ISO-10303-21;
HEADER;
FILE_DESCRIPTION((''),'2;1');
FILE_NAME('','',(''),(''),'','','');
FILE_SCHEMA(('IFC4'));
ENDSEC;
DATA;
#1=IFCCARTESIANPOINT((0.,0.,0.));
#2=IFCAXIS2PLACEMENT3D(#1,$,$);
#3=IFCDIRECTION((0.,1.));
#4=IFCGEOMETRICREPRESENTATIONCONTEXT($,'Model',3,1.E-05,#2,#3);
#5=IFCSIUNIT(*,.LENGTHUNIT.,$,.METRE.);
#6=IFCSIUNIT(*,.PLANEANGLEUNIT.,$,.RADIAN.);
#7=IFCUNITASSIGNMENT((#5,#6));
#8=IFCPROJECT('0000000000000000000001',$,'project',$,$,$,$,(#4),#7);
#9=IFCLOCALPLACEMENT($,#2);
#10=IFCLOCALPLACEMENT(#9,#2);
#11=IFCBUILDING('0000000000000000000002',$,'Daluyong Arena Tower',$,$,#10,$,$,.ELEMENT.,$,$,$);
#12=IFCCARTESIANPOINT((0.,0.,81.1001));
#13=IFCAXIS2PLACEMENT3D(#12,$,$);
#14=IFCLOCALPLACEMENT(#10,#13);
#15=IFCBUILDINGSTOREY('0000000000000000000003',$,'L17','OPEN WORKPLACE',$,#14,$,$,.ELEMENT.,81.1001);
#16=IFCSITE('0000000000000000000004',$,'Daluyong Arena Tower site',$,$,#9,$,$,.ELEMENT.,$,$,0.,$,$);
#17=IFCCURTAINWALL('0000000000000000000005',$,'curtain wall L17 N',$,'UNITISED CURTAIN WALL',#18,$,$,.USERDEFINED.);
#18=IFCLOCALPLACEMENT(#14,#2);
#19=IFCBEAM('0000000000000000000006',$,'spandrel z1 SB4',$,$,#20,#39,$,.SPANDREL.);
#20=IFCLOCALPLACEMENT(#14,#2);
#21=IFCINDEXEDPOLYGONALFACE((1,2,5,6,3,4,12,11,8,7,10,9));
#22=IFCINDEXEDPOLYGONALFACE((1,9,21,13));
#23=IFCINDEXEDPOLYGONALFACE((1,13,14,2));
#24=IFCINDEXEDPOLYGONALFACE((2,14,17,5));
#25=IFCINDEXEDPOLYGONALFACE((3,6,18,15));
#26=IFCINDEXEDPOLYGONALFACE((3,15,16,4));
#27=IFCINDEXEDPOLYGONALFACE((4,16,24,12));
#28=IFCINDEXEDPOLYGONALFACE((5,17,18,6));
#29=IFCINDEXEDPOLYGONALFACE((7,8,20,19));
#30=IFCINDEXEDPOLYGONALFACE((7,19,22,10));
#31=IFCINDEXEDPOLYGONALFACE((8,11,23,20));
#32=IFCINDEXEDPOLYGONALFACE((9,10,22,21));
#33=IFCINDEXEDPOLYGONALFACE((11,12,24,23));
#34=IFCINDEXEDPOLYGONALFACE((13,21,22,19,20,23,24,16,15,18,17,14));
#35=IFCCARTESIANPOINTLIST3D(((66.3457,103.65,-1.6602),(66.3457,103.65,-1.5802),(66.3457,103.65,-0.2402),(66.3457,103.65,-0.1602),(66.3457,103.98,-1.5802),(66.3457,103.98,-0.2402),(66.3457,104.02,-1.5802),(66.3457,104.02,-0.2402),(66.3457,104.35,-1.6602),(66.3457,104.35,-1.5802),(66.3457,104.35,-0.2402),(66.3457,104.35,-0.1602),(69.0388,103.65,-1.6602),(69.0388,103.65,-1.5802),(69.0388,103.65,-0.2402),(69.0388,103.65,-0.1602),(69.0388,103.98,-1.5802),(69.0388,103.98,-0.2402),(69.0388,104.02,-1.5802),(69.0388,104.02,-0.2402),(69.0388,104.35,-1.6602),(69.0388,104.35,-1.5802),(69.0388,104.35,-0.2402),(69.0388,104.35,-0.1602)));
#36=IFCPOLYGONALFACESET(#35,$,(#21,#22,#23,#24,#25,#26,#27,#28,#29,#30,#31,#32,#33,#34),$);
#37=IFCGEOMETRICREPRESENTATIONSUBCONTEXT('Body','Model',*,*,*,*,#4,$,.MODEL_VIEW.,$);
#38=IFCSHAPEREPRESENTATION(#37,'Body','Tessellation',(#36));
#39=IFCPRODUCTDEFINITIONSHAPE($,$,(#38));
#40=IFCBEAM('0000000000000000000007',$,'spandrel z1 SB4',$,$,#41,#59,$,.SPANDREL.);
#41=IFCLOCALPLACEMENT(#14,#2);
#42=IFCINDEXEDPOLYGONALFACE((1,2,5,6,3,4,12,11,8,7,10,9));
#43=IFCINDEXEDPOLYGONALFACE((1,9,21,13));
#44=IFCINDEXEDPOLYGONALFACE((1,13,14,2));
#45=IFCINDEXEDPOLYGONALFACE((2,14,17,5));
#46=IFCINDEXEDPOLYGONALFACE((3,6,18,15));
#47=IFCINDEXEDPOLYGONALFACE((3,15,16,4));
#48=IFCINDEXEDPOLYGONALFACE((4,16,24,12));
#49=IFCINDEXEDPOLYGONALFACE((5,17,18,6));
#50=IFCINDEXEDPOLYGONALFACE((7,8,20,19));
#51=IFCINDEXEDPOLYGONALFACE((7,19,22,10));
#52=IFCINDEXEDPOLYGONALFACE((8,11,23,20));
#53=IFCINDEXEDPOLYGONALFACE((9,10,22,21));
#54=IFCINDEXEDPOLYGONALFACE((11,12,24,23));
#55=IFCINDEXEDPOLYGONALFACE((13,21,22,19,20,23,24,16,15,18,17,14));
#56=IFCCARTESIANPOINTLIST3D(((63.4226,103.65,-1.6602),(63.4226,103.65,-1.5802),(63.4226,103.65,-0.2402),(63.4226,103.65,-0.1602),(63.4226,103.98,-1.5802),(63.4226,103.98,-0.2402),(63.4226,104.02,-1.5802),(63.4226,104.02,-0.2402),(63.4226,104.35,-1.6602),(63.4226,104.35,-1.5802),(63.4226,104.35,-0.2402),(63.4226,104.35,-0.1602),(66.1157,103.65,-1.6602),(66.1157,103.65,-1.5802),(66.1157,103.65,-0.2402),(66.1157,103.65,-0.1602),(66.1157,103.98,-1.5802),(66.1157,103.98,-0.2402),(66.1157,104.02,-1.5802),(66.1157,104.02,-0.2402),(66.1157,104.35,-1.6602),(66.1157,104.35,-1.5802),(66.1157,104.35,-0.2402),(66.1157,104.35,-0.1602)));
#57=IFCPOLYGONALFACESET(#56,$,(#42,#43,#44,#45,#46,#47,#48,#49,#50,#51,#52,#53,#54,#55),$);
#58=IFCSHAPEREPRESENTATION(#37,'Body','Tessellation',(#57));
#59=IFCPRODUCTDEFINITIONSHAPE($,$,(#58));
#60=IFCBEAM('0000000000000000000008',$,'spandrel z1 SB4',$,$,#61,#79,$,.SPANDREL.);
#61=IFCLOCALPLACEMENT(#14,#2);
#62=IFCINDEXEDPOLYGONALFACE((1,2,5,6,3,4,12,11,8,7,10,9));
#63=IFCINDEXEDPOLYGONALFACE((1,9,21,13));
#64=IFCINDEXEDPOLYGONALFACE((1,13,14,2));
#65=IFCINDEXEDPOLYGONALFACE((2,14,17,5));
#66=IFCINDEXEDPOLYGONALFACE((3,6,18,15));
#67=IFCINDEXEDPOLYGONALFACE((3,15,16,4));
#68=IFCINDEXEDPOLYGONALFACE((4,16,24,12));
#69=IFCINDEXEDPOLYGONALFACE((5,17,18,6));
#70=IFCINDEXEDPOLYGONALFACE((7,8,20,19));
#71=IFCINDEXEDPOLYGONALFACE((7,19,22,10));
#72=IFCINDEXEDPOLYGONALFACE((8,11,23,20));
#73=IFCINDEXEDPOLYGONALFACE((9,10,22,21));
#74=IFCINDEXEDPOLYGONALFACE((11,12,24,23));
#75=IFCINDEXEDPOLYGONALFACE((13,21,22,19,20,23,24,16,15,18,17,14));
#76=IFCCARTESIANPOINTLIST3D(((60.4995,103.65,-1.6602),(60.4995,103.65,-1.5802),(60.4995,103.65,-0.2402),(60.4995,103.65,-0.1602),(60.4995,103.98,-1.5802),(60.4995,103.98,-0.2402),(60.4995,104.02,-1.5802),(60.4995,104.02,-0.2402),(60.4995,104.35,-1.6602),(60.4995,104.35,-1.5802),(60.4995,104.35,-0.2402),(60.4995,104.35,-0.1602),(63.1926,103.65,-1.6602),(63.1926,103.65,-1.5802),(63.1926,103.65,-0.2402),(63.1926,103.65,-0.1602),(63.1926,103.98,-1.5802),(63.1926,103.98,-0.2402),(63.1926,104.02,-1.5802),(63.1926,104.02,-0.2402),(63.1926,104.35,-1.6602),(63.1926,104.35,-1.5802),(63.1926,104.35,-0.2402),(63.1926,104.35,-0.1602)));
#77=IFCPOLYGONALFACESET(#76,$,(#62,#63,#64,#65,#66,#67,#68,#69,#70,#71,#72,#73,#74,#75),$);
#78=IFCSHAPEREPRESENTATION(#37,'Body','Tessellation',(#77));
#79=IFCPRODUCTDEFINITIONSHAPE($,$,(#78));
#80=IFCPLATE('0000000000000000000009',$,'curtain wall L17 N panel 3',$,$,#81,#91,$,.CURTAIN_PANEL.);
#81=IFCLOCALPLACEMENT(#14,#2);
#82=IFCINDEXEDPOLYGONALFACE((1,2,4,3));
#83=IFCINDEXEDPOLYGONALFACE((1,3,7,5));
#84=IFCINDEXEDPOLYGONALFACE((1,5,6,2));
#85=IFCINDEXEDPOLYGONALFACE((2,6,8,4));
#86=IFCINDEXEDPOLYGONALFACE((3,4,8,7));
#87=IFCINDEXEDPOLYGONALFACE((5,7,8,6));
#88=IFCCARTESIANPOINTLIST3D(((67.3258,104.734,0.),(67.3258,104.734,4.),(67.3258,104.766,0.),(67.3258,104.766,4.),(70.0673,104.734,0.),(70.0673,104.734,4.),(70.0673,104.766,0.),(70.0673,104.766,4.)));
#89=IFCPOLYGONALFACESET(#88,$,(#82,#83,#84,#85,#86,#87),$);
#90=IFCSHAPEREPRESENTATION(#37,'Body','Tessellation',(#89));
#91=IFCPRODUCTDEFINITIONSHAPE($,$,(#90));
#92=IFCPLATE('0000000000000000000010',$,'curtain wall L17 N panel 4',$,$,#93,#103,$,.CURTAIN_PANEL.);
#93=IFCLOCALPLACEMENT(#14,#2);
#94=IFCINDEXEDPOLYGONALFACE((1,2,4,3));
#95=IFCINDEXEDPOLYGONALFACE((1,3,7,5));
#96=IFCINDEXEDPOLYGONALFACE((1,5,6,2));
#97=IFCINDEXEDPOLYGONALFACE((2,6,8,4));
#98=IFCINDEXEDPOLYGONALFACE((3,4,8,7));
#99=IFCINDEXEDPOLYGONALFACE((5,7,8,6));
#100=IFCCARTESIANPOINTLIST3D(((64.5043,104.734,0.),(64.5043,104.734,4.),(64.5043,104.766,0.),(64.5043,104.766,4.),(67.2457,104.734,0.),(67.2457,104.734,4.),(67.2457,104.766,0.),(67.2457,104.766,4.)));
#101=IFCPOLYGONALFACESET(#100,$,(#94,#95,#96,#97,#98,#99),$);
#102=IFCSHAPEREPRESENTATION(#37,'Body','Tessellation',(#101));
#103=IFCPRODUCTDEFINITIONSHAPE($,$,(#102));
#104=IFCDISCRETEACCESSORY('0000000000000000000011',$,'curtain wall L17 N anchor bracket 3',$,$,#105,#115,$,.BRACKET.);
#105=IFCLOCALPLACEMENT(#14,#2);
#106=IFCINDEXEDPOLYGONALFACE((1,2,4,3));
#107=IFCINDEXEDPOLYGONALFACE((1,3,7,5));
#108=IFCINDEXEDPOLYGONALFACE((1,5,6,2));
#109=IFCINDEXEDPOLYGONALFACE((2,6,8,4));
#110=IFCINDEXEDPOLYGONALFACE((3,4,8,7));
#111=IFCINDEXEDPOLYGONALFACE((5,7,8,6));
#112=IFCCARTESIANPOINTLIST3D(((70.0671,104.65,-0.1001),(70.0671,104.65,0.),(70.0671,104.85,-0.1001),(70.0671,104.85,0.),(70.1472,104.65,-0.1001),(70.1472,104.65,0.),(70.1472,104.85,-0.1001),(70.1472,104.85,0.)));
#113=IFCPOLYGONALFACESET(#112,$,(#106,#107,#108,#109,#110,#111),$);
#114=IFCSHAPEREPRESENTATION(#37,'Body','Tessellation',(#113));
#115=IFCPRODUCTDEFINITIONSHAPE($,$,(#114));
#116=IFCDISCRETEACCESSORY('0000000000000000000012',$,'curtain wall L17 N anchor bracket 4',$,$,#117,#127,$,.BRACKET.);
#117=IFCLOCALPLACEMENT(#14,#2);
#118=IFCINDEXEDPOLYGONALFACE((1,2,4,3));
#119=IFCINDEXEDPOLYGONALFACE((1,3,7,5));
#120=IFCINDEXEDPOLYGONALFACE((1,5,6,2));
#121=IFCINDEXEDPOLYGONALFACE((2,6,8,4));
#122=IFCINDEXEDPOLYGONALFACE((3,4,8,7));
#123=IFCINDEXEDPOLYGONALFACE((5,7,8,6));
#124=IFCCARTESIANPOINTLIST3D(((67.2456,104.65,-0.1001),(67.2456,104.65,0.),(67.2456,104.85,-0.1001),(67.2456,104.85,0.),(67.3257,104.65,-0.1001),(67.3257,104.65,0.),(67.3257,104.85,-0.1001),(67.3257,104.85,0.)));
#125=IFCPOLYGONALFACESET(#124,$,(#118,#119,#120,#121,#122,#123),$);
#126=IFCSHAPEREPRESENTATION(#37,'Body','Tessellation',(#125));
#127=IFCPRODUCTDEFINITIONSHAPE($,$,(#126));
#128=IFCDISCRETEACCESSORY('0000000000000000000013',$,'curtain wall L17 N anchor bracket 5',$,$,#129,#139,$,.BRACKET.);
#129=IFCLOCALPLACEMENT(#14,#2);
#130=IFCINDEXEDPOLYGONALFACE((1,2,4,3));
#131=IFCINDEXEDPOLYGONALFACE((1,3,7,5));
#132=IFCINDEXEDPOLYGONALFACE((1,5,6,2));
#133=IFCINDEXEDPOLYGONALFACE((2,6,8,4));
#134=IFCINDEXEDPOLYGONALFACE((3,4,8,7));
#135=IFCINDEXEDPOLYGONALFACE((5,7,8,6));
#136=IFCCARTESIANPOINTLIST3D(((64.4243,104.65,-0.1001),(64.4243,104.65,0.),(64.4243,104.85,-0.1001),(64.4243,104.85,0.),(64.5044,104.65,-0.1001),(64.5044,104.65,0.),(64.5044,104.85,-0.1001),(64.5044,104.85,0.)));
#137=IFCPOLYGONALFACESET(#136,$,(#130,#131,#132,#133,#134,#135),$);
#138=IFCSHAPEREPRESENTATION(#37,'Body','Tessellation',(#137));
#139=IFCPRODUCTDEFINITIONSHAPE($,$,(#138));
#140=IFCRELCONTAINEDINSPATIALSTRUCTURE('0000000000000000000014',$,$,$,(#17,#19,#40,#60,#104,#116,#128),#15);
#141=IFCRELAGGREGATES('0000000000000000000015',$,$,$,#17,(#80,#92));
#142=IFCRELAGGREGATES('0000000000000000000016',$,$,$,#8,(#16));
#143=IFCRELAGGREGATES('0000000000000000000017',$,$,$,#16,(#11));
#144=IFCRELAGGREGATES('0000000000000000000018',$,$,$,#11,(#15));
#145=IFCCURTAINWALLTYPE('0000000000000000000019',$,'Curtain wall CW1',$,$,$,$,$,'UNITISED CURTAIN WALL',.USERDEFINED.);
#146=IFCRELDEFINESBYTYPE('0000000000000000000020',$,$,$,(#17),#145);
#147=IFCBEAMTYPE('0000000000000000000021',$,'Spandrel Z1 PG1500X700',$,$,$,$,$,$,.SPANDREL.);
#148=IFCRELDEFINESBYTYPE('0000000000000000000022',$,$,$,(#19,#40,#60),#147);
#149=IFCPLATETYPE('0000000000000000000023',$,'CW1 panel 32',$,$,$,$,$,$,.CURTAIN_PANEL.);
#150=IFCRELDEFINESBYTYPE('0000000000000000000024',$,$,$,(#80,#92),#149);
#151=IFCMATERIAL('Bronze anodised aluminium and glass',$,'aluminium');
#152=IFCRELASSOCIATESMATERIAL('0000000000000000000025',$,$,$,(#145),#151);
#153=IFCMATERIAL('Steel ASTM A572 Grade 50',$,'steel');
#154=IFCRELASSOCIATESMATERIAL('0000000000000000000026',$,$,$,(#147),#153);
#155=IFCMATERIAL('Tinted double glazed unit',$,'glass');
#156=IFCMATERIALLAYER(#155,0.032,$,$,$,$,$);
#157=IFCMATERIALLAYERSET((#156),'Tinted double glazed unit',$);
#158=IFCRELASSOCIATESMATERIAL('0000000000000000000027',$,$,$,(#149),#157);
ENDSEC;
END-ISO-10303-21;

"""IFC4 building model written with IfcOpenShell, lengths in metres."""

from ifc_helpers import new_model, si_unit, direction, frame, origin, origin_2d, place, context, subcontext, project, spatial, rectangle, i_section, extrude, material, layer, layer_set, material_profile, profile_set, type_object, element, aggregate, save


model = new_model("IFC4")

# Units and contexts
model_context = context("Model", 3, precision=1e-05, world=origin(), true_north=direction((0.0, 1.0)))
body_context = subcontext(model_context, "Body", "Model", "MODEL_VIEW")
ifc_project = project(units=[si_unit("LENGTHUNIT", "METRE"), si_unit("PLANEANGLEUNIT", "RADIAN")], contexts=[model_context])

# Site, building, storey
site_placement = place(None, origin())
site = spatial("IfcSite", under=ifc_project, at=site_placement, Name="Daluyong Arena Tower site", CompositionType="ELEMENT", RefElevation=0.0)
building_placement = place(site_placement, origin())
building = spatial("IfcBuilding", under=site, at=building_placement, Name="Daluyong Arena Tower", CompositionType="ELEMENT")
storey_placement = place(building_placement, frame((0.0, 0.0, 81.1001)))
storey = spatial("IfcBuildingStorey", under=building, at=storey_placement, Name="L17", Description="OPEN WORKPLACE", CompositionType="ELEMENT", Elevation=81.1001)

# Curtain wall
ifc_material_1 = material(Name="Bronze anodised aluminium and glass", Category="aluminium")
curtain_wall_type = type_object("IfcCurtainWallType", Name="Curtain wall CW1", ElementType="UNITISED CURTAIN WALL", PredefinedType="USERDEFINED", material=ifc_material_1)
curtain_wall_placement = place(storey_placement, origin())
curtain_wall = element("IfcCurtainWall", 1, at=curtain_wall_placement, inside=storey, type_object=curtain_wall_type, Name="curtain wall L17 N", ObjectType="UNITISED CURTAIN WALL", PredefinedType="USERDEFINED")

# Beams
ifc_material_2 = material(Name="Steel ASTM A572 Grade 50", Category="steel")
ifc_material_profile_1 = material_profile(ifc_material_2, i_section(OverallWidth=0.7, OverallDepth=1.5, WebThickness=0.04, FlangeThickness=0.08, at=origin_2d()))
ifc_profile_set_1 = profile_set([ifc_material_profile_1], Name="Steel ASTM A572 Grade 50")
beam_type_1 = type_object("IfcBeamType", Name="Spandrel Z1 PG1500X700", PredefinedType="SPANDREL", material=ifc_profile_set_1)
for number, where, z_axis, x_axis, name in (
    (2, (69.0388, 104.0, -0.9102), (-1.0, 0.0, 0.0), (0.0, -1.0, 0.0), "spandrel z1 SB4"),
    (3, (66.1157, 104.0, -0.9102), (-1.0, 0.0, 0.0), (0.0, -1.0, 0.0), "spandrel z1 SB4"),
    (4, (63.1926, 104.0, -0.9102), (-1.0, 0.0, 0.0), (0.0, -1.0, 0.0), "spandrel z1 SB4"),
):
    element("IfcBeam", number, at=place(storey_placement, frame(where, z_axis=z_axis, x_axis=x_axis)), inside=storey, type_object=beam_type_1, Name=name, PredefinedType="SPANDREL", context=body_context, shape_type="SweptSolid", body=[
        extrude(i_section(OverallWidth=0.7, OverallDepth=1.5, WebThickness=0.04, FlangeThickness=0.08, at=origin_2d()), origin(), (0.0, 0.0, 1.0), 2.6931),
    ])

# Plates
ifc_material_3 = material(Name="Tinted double glazed unit", Category="glass")
ifc_layer = layer(ifc_material_3, 0.032)
ifc_layer_set = layer_set([ifc_layer], Name="Tinted double glazed unit")
plate_type = type_object("IfcPlateType", Name="CW1 panel 32", PredefinedType="CURTAIN_PANEL", material=ifc_layer_set)
plate_1_placement = place(storey_placement, frame((68.6965, 104.75, 0.0), z_axis=(0.0, 0.0, 1.0), x_axis=(-1.0, 0.0, 0.0)))
plate_1 = element("IfcPlate", 5, at=plate_1_placement, type_object=plate_type, Name="curtain wall L17 N panel 3", PredefinedType="CURTAIN_PANEL", context=body_context, shape_type="SweptSolid", body=[
    extrude(rectangle(XDim=2.7415, YDim=0.032, at=origin_2d()), origin(), (0.0, 0.0, 1.0), 4.0),
])
plate_2_placement = place(storey_placement, frame((65.875, 104.75, 0.0), z_axis=(0.0, 0.0, 1.0), x_axis=(-1.0, 0.0, 0.0)))
plate_2 = element("IfcPlate", 6, at=plate_2_placement, type_object=plate_type, Name="curtain wall L17 N panel 4", PredefinedType="CURTAIN_PANEL", context=body_context, shape_type="SweptSolid", body=[
    extrude(rectangle(XDim=2.7415, YDim=0.032, at=origin_2d()), origin(), (0.0, 0.0, 1.0), 4.0),
])
aggregate(curtain_wall, [plate_1, plate_2])

# Discrete accessories
for number, where, z_axis, x_axis, name in (
    (7, (70.1072, 104.75, -0.1001), (0.0, 0.0, 1.0), (-1.0, 0.0, 0.0), "curtain wall L17 N anchor bracket 3"),
    (8, (67.2856, 104.75, -0.1001), (0.0, 0.0, 1.0), (-1.0, 0.0, 0.0), "curtain wall L17 N anchor bracket 4"),
    (9, (64.4644, 104.75, -0.1001), (0.0, 0.0, 1.0), (-1.0, 0.0, 0.0), "curtain wall L17 N anchor bracket 5"),
):
    element("IfcDiscreteAccessory", number, at=place(storey_placement, frame(where, z_axis=z_axis, x_axis=x_axis)), inside=storey, Name=name, PredefinedType="BRACKET", context=body_context, shape_type="SweptSolid", body=[
        extrude(rectangle(XDim=0.0801, YDim=0.2, at=origin_2d()), origin(), (0.0, 0.0, 1.0), 0.1001),
    ])

save(model, "model.ifc")
